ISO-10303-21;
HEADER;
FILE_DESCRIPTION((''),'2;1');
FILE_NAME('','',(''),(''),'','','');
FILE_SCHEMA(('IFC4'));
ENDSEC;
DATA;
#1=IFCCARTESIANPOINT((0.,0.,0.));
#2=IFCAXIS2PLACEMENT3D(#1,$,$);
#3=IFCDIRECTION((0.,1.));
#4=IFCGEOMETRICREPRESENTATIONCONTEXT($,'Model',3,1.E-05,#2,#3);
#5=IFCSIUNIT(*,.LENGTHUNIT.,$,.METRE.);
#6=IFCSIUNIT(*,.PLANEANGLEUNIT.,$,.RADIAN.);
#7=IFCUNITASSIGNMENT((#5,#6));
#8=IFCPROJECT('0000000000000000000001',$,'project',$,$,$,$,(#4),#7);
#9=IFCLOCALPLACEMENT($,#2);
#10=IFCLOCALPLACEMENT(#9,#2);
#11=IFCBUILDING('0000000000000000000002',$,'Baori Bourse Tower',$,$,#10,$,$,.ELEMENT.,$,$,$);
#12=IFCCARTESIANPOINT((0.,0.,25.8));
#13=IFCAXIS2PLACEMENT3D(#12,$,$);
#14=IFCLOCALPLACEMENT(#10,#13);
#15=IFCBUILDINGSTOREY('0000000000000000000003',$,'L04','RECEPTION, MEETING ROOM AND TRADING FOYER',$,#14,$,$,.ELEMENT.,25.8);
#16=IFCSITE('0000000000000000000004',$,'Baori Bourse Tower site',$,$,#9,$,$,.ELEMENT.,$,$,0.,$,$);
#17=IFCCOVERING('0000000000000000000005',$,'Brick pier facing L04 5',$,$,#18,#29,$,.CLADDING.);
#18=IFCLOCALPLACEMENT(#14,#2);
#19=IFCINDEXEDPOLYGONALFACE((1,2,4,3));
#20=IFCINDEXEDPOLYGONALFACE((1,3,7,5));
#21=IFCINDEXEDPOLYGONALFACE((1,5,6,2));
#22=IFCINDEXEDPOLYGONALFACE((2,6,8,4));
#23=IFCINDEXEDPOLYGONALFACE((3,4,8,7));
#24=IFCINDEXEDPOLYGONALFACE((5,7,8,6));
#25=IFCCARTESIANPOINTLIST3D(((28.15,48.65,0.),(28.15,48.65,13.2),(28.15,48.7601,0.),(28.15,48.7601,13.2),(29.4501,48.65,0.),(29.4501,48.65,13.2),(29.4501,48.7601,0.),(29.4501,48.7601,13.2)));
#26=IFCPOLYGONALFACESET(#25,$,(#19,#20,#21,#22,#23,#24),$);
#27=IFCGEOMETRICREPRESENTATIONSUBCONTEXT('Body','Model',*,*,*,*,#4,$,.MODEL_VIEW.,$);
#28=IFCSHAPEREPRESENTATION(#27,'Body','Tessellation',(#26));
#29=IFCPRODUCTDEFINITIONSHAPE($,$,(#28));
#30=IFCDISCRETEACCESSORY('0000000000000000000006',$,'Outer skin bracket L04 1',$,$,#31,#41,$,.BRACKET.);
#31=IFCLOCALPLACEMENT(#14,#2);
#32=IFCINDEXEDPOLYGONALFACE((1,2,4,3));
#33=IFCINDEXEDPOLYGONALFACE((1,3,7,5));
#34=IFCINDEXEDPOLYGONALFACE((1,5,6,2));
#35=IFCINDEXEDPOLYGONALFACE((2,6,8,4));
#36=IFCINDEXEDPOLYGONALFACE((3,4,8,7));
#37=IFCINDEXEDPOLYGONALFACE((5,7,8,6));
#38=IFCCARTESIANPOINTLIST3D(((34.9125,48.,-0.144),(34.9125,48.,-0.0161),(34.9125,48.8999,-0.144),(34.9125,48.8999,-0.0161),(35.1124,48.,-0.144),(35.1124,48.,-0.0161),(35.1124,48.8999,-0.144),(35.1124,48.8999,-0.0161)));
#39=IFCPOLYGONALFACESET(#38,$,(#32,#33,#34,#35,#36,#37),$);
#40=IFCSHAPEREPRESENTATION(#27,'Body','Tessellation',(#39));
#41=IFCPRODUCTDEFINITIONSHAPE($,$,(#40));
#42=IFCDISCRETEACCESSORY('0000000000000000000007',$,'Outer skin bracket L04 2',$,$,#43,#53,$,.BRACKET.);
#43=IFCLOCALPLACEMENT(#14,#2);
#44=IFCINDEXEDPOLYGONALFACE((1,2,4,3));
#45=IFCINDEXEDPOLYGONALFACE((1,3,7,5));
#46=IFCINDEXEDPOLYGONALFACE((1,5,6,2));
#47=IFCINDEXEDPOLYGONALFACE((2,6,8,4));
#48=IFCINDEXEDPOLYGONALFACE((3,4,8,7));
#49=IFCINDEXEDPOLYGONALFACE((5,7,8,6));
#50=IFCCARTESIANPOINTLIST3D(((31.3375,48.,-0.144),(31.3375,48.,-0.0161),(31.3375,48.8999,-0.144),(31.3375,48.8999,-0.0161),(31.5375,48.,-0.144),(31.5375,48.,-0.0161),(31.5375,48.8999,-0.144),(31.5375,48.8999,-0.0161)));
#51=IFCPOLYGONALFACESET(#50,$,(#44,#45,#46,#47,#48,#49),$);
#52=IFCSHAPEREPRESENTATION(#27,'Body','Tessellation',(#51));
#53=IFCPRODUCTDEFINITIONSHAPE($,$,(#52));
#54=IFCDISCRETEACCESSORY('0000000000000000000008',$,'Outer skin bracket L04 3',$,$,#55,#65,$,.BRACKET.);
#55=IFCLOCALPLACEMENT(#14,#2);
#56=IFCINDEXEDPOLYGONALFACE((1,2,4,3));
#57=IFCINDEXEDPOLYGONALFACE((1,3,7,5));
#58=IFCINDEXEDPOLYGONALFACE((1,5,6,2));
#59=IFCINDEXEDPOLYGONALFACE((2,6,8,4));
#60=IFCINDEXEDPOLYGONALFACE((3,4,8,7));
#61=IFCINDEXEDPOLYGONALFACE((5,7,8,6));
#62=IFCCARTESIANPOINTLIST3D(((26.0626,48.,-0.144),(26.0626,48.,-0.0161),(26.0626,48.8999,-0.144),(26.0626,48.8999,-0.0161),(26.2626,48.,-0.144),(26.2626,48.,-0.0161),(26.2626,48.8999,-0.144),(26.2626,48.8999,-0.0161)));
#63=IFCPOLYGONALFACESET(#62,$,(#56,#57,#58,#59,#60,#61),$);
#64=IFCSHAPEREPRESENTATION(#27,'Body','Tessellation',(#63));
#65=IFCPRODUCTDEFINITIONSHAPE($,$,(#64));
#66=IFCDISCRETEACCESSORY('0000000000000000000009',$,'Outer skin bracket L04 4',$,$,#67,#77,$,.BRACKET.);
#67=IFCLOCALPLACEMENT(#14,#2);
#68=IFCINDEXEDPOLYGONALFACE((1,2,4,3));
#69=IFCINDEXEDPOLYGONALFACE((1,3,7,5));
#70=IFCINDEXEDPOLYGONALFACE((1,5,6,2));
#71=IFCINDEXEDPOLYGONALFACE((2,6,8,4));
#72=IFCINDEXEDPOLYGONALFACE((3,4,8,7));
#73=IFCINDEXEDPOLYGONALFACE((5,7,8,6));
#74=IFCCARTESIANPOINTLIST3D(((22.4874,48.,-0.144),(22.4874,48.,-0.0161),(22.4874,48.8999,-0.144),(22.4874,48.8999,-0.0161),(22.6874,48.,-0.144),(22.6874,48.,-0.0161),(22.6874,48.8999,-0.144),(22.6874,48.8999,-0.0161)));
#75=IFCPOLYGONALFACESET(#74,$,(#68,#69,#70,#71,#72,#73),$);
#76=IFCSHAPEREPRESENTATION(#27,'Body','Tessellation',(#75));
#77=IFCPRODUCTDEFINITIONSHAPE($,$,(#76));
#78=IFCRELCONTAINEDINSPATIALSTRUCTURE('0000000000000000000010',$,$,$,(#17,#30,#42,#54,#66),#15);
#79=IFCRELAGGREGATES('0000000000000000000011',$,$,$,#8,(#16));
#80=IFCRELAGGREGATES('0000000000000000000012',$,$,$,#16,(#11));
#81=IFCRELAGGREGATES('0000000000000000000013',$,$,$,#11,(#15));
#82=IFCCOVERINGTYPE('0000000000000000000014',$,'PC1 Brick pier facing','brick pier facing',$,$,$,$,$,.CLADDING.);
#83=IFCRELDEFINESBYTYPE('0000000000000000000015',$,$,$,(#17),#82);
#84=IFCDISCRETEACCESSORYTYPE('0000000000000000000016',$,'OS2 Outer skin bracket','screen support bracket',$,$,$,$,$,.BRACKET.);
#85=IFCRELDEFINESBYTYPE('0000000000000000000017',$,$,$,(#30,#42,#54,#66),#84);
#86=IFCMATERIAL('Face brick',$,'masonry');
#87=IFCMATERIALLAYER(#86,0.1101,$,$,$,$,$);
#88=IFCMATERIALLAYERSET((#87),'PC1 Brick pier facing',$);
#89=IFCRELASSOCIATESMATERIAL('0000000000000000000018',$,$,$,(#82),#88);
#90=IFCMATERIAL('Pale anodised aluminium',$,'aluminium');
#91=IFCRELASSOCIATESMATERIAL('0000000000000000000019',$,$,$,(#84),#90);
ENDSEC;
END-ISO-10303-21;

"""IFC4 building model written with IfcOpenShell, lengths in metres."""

from ifc_helpers import new_model, si_unit, direction, frame, origin, origin_2d, place, context, subcontext, project, spatial, rectangle, extrude, material, layer, layer_set, type_object, element, save


model = new_model("IFC4")

# Units and contexts
model_context = context("Model", 3, precision=1e-05, world=origin(), true_north=direction((0.0, 1.0)))
body_context = subcontext(model_context, "Body", "Model", "MODEL_VIEW")
ifc_project = project(units=[si_unit("LENGTHUNIT", "METRE"), si_unit("PLANEANGLEUNIT", "RADIAN")], contexts=[model_context])

# Site, building, storey
site_placement = place(None, origin())
site = spatial("IfcSite", under=ifc_project, at=site_placement, Name="Baori Bourse Tower site", CompositionType="ELEMENT", RefElevation=0.0)
building_placement = place(site_placement, origin())
building = spatial("IfcBuilding", under=site, at=building_placement, Name="Baori Bourse Tower", CompositionType="ELEMENT")
storey_placement = place(building_placement, frame((0.0, 0.0, 25.8)))
storey = spatial("IfcBuildingStorey", under=building, at=storey_placement, Name="L04", Description="RECEPTION, MEETING ROOM AND TRADING FOYER", CompositionType="ELEMENT", Elevation=25.8)

# Covering
ifc_material_1 = material(Name="Face brick", Category="masonry")
ifc_layer_1 = layer(ifc_material_1, 0.1101)
ifc_layer_set_1 = layer_set([ifc_layer_1], Name="PC1 Brick pier facing")
covering_type = type_object("IfcCoveringType", Name="PC1 Brick pier facing", Description="brick pier facing", PredefinedType="CLADDING", material=ifc_layer_set_1)
covering_placement = place(storey_placement, frame((28.8, 48.7051, 0.0), z_axis=(0.0, 0.0, 1.0), x_axis=(1.0, 0.0, 0.0)))
element("IfcCovering", 1, at=covering_placement, inside=storey, type_object=covering_type, Name="Brick pier facing L04 5", PredefinedType="CLADDING", context=body_context, shape_type="SweptSolid", body=[
    extrude(rectangle(XDim=1.3, YDim=0.1101, at=origin_2d()), origin(), (0.0, 0.0, 1.0), 13.2),
])

# Discrete accessories
ifc_material_2 = material(Name="Pale anodised aluminium", Category="aluminium")
discrete_accessory_type = type_object("IfcDiscreteAccessoryType", Name="OS2 Outer skin bracket", Description="screen support bracket", PredefinedType="BRACKET", material=ifc_material_2)
for number, where, z_axis, x_axis, name in (
    (2, (35.0125, 48.45, -0.144), (0.0, 0.0, 1.0), (-1.0, 0.0, 0.0), "Outer skin bracket L04 1"),
    (3, (31.4375, 48.45, -0.144), (0.0, 0.0, 1.0), (-1.0, 0.0, 0.0), "Outer skin bracket L04 2"),
    (4, (26.1626, 48.45, -0.144), (0.0, 0.0, 1.0), (-1.0, 0.0, 0.0), "Outer skin bracket L04 3"),
    (5, (22.5874, 48.45, -0.144), (0.0, 0.0, 1.0), (-1.0, 0.0, 0.0), "Outer skin bracket L04 4"),
):
    element("IfcDiscreteAccessory", number, at=place(storey_placement, frame(where, z_axis=z_axis, x_axis=x_axis)), inside=storey, type_object=discrete_accessory_type, Name=name, PredefinedType="BRACKET", context=body_context, shape_type="SweptSolid", body=[
        extrude(rectangle(XDim=0.2, YDim=0.8999, at=origin_2d()), origin(), (0.0, 0.0, 1.0), 0.1279),
    ])

save(model, "model.ifc")
